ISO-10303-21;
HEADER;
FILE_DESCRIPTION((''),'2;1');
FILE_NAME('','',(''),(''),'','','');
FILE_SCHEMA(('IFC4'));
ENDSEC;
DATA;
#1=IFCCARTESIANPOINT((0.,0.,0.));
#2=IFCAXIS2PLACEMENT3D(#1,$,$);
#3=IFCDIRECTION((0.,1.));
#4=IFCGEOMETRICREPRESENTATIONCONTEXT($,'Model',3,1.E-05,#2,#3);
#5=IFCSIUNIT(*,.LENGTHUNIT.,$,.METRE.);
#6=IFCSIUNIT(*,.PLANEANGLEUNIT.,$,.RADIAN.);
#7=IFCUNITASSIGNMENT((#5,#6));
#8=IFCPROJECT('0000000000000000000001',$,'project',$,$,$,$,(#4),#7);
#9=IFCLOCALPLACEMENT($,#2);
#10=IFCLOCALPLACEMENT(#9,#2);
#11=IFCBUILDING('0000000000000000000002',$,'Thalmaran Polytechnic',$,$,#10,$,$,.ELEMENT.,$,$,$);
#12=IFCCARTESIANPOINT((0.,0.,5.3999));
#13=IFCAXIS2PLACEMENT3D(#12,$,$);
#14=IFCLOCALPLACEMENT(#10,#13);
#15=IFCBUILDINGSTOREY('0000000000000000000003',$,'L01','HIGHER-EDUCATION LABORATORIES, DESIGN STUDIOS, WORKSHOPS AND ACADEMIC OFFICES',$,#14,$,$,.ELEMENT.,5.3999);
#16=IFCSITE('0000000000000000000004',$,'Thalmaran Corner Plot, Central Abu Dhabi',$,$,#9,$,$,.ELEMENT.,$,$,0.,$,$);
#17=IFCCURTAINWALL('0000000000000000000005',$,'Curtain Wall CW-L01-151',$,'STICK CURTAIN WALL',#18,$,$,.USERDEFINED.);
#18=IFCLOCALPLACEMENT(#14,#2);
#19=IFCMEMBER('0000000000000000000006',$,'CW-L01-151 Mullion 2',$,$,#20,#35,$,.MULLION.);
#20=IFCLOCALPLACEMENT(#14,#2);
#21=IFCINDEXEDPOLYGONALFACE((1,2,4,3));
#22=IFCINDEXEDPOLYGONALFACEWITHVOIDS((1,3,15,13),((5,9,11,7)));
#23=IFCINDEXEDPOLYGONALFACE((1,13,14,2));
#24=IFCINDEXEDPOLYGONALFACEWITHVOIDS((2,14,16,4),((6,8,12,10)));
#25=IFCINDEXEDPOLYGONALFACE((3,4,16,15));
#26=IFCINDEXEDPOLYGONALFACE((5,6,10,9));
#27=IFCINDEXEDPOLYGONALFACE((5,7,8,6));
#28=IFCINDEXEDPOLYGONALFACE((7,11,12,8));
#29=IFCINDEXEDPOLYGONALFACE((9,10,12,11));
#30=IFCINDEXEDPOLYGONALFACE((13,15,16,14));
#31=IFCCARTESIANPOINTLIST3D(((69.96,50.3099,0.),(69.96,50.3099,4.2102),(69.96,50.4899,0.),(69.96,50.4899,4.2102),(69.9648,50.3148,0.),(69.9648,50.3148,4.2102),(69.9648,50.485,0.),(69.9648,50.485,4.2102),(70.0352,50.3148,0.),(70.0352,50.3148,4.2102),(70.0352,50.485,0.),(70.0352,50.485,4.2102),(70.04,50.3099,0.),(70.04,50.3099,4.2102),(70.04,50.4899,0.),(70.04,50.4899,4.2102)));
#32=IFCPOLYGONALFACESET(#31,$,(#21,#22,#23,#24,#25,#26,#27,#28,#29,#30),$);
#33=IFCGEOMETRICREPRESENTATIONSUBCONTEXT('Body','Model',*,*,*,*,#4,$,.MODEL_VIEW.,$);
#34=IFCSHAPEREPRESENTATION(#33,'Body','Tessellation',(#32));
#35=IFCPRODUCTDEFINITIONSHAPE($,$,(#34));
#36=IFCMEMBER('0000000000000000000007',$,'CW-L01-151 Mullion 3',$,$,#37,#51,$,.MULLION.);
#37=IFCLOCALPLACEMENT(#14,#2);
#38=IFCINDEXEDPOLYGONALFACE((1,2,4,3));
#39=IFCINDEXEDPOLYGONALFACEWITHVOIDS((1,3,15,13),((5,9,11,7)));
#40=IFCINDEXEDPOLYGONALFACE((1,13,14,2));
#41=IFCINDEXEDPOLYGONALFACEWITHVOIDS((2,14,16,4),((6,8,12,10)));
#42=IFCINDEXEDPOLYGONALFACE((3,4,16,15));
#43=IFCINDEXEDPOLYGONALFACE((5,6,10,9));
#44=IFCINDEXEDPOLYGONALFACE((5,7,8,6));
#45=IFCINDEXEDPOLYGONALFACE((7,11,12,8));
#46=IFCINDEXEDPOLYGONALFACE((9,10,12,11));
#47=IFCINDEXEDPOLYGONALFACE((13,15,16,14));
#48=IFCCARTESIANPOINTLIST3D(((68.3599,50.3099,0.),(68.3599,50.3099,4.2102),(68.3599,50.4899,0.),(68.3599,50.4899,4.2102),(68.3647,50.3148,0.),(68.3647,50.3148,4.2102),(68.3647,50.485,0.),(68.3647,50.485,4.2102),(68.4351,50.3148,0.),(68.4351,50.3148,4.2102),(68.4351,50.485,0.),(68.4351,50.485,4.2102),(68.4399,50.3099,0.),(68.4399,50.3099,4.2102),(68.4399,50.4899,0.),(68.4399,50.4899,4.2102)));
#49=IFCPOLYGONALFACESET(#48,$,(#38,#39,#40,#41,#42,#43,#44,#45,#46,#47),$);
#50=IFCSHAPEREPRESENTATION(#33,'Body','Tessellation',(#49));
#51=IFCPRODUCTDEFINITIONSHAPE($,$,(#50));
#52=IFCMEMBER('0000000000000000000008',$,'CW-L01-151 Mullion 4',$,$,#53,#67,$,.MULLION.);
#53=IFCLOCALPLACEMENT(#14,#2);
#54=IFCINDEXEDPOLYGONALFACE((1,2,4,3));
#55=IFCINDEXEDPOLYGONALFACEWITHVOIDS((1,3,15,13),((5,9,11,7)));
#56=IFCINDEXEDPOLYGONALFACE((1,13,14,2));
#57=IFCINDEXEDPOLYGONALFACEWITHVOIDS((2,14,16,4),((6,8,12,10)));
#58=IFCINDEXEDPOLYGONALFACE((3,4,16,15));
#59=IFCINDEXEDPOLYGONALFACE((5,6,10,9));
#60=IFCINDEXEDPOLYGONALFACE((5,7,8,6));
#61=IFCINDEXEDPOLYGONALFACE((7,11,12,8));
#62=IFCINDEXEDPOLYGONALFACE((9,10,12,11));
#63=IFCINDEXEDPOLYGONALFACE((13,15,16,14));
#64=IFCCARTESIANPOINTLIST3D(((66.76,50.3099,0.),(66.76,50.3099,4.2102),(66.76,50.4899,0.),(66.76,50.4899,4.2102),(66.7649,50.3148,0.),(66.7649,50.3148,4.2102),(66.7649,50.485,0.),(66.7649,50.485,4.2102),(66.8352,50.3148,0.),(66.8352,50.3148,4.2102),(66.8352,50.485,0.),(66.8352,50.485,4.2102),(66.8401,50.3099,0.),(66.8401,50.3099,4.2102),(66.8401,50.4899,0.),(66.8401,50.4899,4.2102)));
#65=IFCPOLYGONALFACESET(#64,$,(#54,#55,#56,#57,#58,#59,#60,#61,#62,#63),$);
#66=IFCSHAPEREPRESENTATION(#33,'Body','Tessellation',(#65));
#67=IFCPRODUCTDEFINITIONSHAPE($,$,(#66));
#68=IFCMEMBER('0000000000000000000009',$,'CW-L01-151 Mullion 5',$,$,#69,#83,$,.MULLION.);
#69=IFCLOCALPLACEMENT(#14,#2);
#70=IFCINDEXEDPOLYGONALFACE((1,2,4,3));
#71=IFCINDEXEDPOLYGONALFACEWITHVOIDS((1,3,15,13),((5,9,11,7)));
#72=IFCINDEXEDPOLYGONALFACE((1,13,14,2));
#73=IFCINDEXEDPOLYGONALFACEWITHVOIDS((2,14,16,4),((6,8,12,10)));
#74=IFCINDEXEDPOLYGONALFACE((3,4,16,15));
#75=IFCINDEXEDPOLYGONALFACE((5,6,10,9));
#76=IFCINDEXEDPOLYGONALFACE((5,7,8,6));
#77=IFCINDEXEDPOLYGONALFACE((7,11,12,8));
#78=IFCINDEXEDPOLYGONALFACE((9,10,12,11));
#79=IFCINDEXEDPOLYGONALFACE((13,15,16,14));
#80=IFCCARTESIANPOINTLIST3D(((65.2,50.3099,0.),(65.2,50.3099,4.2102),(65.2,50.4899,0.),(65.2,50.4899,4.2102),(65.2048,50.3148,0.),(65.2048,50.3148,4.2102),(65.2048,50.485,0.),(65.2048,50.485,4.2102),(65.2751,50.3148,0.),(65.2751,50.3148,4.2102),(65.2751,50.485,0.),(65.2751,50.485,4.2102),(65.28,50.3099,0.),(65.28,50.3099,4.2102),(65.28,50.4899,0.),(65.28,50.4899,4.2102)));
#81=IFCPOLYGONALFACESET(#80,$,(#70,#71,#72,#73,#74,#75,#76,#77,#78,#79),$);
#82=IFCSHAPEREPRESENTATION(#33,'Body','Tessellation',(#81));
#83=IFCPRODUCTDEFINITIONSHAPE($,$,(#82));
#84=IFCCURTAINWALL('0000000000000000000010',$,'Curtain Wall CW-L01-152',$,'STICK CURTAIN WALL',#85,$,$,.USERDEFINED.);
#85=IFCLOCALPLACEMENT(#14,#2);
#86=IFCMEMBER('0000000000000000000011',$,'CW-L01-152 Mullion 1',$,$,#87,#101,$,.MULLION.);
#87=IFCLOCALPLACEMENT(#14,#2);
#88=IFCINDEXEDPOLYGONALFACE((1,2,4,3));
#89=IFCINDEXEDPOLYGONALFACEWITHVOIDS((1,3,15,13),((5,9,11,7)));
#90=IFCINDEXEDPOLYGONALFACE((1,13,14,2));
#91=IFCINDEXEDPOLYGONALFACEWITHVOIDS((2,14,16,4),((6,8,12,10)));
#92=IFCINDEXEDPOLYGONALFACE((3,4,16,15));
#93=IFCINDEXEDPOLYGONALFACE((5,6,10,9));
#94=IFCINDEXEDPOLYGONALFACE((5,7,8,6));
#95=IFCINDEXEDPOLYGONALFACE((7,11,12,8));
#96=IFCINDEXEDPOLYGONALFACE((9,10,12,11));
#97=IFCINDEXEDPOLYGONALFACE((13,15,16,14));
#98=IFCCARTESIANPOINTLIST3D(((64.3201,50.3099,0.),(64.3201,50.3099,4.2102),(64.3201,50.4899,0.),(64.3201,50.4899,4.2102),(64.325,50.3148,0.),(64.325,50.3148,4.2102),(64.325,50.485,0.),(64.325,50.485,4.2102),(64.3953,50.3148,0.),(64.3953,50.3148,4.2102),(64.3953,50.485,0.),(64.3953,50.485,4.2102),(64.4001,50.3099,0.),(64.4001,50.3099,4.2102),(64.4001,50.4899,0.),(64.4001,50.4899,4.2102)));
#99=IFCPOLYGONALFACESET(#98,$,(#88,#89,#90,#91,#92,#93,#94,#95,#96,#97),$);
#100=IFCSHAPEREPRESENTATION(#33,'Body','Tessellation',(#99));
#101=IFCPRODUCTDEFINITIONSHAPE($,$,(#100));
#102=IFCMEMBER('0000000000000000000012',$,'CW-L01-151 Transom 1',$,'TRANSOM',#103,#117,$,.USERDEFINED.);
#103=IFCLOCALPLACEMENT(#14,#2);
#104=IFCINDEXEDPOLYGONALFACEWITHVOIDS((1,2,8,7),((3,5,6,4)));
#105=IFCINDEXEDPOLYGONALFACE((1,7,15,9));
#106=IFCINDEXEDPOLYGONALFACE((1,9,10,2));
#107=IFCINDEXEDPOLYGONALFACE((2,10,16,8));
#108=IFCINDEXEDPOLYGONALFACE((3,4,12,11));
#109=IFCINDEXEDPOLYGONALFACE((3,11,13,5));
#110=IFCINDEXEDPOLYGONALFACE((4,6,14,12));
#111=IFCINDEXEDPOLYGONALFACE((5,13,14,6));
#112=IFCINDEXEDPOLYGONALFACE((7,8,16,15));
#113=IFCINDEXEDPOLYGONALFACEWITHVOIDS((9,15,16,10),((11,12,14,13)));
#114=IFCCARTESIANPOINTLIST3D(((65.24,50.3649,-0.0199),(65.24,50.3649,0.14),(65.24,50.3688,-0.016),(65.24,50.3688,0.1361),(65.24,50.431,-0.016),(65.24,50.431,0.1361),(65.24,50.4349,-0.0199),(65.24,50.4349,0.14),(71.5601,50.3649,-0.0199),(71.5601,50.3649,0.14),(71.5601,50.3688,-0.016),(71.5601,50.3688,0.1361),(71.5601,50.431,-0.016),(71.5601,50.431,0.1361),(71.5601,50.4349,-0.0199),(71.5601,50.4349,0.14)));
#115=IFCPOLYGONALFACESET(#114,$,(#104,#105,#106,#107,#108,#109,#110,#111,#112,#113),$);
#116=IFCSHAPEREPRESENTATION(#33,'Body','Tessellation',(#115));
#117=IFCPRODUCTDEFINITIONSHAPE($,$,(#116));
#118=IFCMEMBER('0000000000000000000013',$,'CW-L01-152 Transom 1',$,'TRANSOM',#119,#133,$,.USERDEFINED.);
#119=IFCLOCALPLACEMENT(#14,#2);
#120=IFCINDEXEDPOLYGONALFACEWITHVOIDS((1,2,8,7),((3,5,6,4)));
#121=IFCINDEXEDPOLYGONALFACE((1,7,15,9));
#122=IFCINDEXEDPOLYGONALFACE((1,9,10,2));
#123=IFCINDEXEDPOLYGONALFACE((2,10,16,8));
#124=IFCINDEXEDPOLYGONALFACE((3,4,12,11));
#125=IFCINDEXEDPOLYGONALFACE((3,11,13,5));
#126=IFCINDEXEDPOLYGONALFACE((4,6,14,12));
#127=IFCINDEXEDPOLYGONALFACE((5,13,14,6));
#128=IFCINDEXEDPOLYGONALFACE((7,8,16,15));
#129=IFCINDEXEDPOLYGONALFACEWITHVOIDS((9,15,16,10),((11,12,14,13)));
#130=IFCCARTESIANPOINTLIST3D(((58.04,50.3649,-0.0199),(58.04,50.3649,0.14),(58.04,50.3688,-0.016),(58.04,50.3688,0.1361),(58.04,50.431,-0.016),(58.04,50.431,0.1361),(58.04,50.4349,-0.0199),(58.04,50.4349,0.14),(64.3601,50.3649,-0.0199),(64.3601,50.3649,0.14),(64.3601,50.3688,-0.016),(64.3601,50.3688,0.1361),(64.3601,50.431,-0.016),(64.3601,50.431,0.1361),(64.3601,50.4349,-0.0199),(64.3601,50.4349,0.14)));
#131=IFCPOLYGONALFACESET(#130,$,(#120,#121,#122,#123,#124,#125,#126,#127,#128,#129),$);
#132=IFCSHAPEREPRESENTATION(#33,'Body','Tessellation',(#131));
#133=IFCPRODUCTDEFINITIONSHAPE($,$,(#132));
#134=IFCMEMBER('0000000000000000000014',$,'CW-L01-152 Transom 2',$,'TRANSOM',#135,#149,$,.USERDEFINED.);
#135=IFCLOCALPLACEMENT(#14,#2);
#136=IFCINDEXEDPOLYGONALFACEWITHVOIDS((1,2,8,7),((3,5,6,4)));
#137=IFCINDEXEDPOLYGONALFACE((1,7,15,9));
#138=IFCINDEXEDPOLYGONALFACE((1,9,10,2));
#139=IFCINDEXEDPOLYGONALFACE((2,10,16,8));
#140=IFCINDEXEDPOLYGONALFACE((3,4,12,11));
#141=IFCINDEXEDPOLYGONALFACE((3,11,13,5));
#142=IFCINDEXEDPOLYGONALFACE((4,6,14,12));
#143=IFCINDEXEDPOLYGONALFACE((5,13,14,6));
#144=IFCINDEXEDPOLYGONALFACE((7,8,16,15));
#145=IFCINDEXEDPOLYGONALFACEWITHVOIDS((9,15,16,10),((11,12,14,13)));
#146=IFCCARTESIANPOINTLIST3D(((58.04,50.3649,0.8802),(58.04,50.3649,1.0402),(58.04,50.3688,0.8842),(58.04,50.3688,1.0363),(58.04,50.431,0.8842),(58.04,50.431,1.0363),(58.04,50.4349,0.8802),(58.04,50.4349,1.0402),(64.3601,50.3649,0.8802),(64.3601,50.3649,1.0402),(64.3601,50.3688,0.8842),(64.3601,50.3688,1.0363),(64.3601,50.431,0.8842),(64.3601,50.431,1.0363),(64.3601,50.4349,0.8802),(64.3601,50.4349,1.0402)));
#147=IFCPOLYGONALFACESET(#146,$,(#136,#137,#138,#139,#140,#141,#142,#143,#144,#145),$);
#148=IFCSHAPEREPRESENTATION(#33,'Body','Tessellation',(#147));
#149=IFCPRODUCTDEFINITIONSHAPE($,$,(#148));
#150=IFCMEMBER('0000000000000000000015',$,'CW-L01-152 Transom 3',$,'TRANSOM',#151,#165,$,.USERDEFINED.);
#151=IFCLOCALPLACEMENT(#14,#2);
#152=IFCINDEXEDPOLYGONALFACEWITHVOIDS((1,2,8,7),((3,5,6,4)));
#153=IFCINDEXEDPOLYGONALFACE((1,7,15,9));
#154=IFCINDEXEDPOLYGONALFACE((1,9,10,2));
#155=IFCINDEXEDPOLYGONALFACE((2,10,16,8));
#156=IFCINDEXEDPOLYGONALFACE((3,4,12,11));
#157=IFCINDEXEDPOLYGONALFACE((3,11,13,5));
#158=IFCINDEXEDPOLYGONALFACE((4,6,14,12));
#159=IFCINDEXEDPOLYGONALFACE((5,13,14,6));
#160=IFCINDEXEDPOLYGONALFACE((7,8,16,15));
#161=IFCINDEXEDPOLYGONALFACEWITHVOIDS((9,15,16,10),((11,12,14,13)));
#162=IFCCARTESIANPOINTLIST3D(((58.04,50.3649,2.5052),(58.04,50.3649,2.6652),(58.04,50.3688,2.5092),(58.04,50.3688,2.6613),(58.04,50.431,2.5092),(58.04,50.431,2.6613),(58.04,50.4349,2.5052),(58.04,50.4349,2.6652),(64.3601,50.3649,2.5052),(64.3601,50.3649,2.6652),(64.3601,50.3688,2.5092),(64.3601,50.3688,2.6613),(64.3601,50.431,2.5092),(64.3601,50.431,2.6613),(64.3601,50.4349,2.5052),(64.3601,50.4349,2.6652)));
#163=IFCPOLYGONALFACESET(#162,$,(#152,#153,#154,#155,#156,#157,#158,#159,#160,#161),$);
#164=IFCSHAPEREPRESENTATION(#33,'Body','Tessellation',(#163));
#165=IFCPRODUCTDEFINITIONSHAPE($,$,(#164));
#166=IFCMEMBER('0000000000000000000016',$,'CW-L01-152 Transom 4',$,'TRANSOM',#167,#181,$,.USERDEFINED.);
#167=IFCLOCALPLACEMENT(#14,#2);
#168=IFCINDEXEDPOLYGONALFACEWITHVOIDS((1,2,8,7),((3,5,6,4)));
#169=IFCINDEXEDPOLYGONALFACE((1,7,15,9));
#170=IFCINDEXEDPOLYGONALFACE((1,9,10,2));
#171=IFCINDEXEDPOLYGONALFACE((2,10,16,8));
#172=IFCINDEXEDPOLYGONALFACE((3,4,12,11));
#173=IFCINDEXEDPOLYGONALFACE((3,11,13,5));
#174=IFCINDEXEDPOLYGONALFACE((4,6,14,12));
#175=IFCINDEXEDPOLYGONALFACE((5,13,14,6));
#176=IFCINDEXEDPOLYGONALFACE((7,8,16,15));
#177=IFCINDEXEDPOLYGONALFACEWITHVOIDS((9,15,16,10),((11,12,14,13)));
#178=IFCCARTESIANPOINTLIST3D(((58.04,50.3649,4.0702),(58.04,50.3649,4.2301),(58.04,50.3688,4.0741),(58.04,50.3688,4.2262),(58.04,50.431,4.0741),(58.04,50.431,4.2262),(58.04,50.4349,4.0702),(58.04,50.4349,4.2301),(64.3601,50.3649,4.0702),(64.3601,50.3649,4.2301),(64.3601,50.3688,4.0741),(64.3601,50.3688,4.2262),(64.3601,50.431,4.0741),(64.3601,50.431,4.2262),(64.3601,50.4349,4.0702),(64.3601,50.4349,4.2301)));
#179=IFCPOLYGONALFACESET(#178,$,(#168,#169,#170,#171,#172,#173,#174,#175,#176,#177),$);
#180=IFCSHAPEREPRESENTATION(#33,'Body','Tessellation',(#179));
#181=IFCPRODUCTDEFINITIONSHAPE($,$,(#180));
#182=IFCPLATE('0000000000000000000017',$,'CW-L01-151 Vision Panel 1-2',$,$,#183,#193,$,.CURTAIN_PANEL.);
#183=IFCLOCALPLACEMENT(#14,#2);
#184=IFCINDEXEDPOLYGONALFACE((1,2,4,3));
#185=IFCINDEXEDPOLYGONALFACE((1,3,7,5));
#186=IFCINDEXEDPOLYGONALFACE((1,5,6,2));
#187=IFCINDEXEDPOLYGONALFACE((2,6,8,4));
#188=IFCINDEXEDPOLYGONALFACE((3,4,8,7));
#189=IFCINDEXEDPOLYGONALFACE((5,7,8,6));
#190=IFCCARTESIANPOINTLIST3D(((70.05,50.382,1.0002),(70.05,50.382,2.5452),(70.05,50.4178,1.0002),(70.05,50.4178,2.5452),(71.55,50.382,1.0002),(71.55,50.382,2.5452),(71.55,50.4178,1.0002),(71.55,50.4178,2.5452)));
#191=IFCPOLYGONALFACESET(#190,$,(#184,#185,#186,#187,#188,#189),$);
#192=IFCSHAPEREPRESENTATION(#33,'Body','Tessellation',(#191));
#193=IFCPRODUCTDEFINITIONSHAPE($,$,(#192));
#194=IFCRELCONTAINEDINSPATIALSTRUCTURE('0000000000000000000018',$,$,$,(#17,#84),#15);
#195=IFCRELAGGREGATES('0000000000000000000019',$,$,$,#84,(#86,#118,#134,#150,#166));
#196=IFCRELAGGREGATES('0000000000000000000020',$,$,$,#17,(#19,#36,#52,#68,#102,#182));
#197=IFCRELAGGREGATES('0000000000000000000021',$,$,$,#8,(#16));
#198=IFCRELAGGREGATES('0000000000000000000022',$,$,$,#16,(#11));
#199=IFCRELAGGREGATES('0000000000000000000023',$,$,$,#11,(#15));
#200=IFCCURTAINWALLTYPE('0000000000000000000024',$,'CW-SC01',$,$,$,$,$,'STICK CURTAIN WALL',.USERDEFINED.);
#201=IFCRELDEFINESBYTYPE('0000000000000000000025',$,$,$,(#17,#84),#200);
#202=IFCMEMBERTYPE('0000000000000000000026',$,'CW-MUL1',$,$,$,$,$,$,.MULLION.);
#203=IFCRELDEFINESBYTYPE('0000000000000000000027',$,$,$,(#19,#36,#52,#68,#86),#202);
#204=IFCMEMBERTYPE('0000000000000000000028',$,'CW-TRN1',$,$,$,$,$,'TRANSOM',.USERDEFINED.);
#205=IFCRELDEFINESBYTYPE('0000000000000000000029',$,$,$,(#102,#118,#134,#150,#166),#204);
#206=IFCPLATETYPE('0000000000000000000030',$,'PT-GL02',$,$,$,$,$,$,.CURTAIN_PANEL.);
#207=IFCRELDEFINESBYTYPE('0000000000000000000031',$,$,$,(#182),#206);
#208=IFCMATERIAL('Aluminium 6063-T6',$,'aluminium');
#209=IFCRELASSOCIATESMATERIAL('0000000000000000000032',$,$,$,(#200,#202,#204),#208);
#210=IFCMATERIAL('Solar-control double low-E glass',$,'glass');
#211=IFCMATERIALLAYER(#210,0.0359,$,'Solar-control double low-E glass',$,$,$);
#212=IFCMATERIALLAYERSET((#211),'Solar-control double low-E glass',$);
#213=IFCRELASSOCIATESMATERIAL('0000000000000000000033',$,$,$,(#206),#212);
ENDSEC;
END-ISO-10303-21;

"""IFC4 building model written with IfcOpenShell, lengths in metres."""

from ifc_helpers import new_model, si_unit, direction, frame, origin, origin_2d, place, context, subcontext, project, spatial, rectangle, hollow_rectangle, extrude, material, layer, layer_set, material_profile, profile_set, type_object, element, aggregate, save


model = new_model("IFC4")

# Units and contexts
model_context = context("Model", 3, precision=1e-05, world=origin(), true_north=direction((0.0, 1.0)))
body_context = subcontext(model_context, "Body", "Model", "MODEL_VIEW")
ifc_project = project(units=[si_unit("LENGTHUNIT", "METRE"), si_unit("PLANEANGLEUNIT", "RADIAN")], contexts=[model_context])

# Site, building, storey
site_placement = place(None, origin())
site = spatial("IfcSite", under=ifc_project, at=site_placement, Name="Thalmaran Corner Plot, Central Abu Dhabi", CompositionType="ELEMENT", RefElevation=0.0)
building_placement = place(site_placement, origin())
building = spatial("IfcBuilding", under=site, at=building_placement, Name="Thalmaran Polytechnic", CompositionType="ELEMENT")
storey_placement = place(building_placement, frame((0.0, 0.0, 5.3999)))
storey = spatial("IfcBuildingStorey", under=building, at=storey_placement, Name="L01", Description="HIGHER-EDUCATION LABORATORIES, DESIGN STUDIOS, WORKSHOPS AND ACADEMIC OFFICES", CompositionType="ELEMENT", Elevation=5.3999)

# Curtain wall, members
ifc_material_1 = material(Name="Aluminium 6063-T6", Category="aluminium")
curtain_wall_type = type_object("IfcCurtainWallType", Name="CW-SC01", ElementType="STICK CURTAIN WALL", PredefinedType="USERDEFINED", material=ifc_material_1)
curtain_wall_1_placement = place(storey_placement, origin())
curtain_wall_1 = element("IfcCurtainWall", 1, at=curtain_wall_1_placement, inside=storey, type_object=curtain_wall_type, Name="Curtain Wall CW-L01-151", ObjectType="STICK CURTAIN WALL", PredefinedType="USERDEFINED")
ifc_material_profile_1 = material_profile(ifc_material_1, hollow_rectangle(XDim=0.0801, YDim=0.1799, WallThickness=0.0049, at=origin_2d()), Name="RHS 180x80x5.0")
ifc_profile_set_1 = profile_set([ifc_material_profile_1], Name="Aluminium 6063-T6")
member_type_1 = type_object("IfcMemberType", Name="CW-MUL1", PredefinedType="MULLION", material=ifc_profile_set_1)
member_1_placement = place(storey_placement, frame((70.0, 50.3999, 0.0), z_axis=(0.0, 0.0, 1.0), x_axis=(1.0, 0.0, 0.0)))
member_1 = element("IfcMember", 2, at=member_1_placement, type_object=member_type_1, Name="CW-L01-151 Mullion 2", PredefinedType="MULLION", context=body_context, shape_type="SweptSolid", body=[
    extrude(hollow_rectangle(XDim=0.0801, YDim=0.1799, WallThickness=0.0049, at=origin_2d()), origin(), (0.0, 0.0, 1.0), 4.2102),
])
member_2_placement = place(storey_placement, frame((68.3999, 50.3999, 0.0), z_axis=(0.0, 0.0, 1.0), x_axis=(1.0, 0.0, 0.0)))
member_2 = element("IfcMember", 3, at=member_2_placement, type_object=member_type_1, Name="CW-L01-151 Mullion 3", PredefinedType="MULLION", context=body_context, shape_type="SweptSolid", body=[
    extrude(hollow_rectangle(XDim=0.0801, YDim=0.1799, WallThickness=0.0049, at=origin_2d()), origin(), (0.0, 0.0, 1.0), 4.2102),
])
member_3_placement = place(storey_placement, frame((66.8, 50.3999, 0.0), z_axis=(0.0, 0.0, 1.0), x_axis=(1.0, 0.0, 0.0)))
member_3 = element("IfcMember", 4, at=member_3_placement, type_object=member_type_1, Name="CW-L01-151 Mullion 4", PredefinedType="MULLION", context=body_context, shape_type="SweptSolid", body=[
    extrude(hollow_rectangle(XDim=0.0801, YDim=0.1799, WallThickness=0.0049, at=origin_2d()), origin(), (0.0, 0.0, 1.0), 4.2102),
])
member_4_placement = place(storey_placement, frame((65.24, 50.3999, 0.0), z_axis=(0.0, 0.0, 1.0), x_axis=(1.0, 0.0, 0.0)))
member_4 = element("IfcMember", 5, at=member_4_placement, type_object=member_type_1, Name="CW-L01-151 Mullion 5", PredefinedType="MULLION", context=body_context, shape_type="SweptSolid", body=[
    extrude(hollow_rectangle(XDim=0.0801, YDim=0.1799, WallThickness=0.0049, at=origin_2d()), origin(), (0.0, 0.0, 1.0), 4.2102),
])

# Curtain wall, member
curtain_wall_2_placement = place(storey_placement, origin())
curtain_wall_2 = element("IfcCurtainWall", 6, at=curtain_wall_2_placement, inside=storey, type_object=curtain_wall_type, Name="Curtain Wall CW-L01-152", ObjectType="STICK CURTAIN WALL", PredefinedType="USERDEFINED")
member_5_placement = place(storey_placement, frame((64.3601, 50.3999, 0.0), z_axis=(0.0, 0.0, 1.0), x_axis=(1.0, 0.0, 0.0)))
member_5 = element("IfcMember", 7, at=member_5_placement, type_object=member_type_1, Name="CW-L01-152 Mullion 1", PredefinedType="MULLION", context=body_context, shape_type="SweptSolid", body=[
    extrude(hollow_rectangle(XDim=0.0801, YDim=0.1799, WallThickness=0.0049, at=origin_2d()), origin(), (0.0, 0.0, 1.0), 4.2102),
])

# Members
ifc_material_profile_2 = material_profile(ifc_material_1, hollow_rectangle(XDim=0.0701, YDim=0.1599, WallThickness=0.0039, at=origin_2d()), Name="AL 160x70x4.0")
ifc_profile_set_2 = profile_set([ifc_material_profile_2], Name="Aluminium 6063-T6")
member_type_2 = type_object("IfcMemberType", Name="CW-TRN1", ElementType="TRANSOM", PredefinedType="USERDEFINED", material=ifc_profile_set_2)
member_6_placement = place(storey_placement, frame((71.5601, 50.3999, 0.0601), z_axis=(-1.0, 0.0, 0.0), x_axis=(0.0, -1.0, 0.0)))
member_6 = element("IfcMember", 8, at=member_6_placement, type_object=member_type_2, Name="CW-L01-151 Transom 1", ObjectType="TRANSOM", PredefinedType="USERDEFINED", context=body_context, shape_type="SweptSolid", body=[
    extrude(hollow_rectangle(XDim=0.0701, YDim=0.1599, WallThickness=0.0039, at=origin_2d()), origin(), (0.0, 0.0, 1.0), 6.3201),
])
member_7_placement = place(storey_placement, frame((64.3601, 50.3999, 0.0601), z_axis=(-1.0, 0.0, 0.0), x_axis=(0.0, -1.0, 0.0)))
member_7 = element("IfcMember", 9, at=member_7_placement, type_object=member_type_2, Name="CW-L01-152 Transom 1", ObjectType="TRANSOM", PredefinedType="USERDEFINED", context=body_context, shape_type="SweptSolid", body=[
    extrude(hollow_rectangle(XDim=0.0701, YDim=0.1599, WallThickness=0.0039, at=origin_2d()), origin(), (0.0, 0.0, 1.0), 6.3201),
])
member_8_placement = place(storey_placement, frame((64.3601, 50.3999, 0.9602), z_axis=(-1.0, 0.0, 0.0), x_axis=(0.0, -1.0, 0.0)))
member_8 = element("IfcMember", 10, at=member_8_placement, type_object=member_type_2, Name="CW-L01-152 Transom 2", ObjectType="TRANSOM", PredefinedType="USERDEFINED", context=body_context, shape_type="SweptSolid", body=[
    extrude(hollow_rectangle(XDim=0.0701, YDim=0.1599, WallThickness=0.0039, at=origin_2d()), origin(), (0.0, 0.0, 1.0), 6.3201),
])
member_9_placement = place(storey_placement, frame((64.3601, 50.3999, 2.5852), z_axis=(-1.0, 0.0, 0.0), x_axis=(0.0, -1.0, 0.0)))
member_9 = element("IfcMember", 11, at=member_9_placement, type_object=member_type_2, Name="CW-L01-152 Transom 3", ObjectType="TRANSOM", PredefinedType="USERDEFINED", context=body_context, shape_type="SweptSolid", body=[
    extrude(hollow_rectangle(XDim=0.0701, YDim=0.1599, WallThickness=0.0039, at=origin_2d()), origin(), (0.0, 0.0, 1.0), 6.3201),
])
member_10_placement = place(storey_placement, frame((64.3601, 50.3999, 4.1501), z_axis=(-1.0, 0.0, 0.0), x_axis=(0.0, -1.0, 0.0)))
member_10 = element("IfcMember", 12, at=member_10_placement, type_object=member_type_2, Name="CW-L01-152 Transom 4", ObjectType="TRANSOM", PredefinedType="USERDEFINED", context=body_context, shape_type="SweptSolid", body=[
    extrude(hollow_rectangle(XDim=0.0701, YDim=0.1599, WallThickness=0.0039, at=origin_2d()), origin(), (0.0, 0.0, 1.0), 6.3201),
])

# Plate
ifc_material_2 = material(Name="Solar-control double low-E glass", Category="glass")
ifc_layer_1 = layer(ifc_material_2, 0.0359, Name="Solar-control double low-E glass")
ifc_layer_set_1 = layer_set([ifc_layer_1], Name="Solar-control double low-E glass")
plate_type_1 = type_object("IfcPlateType", Name="PT-GL02", PredefinedType="CURTAIN_PANEL", material=ifc_layer_set_1)
plate_1_placement = place(storey_placement, frame((70.8, 50.3999, 1.0002), z_axis=(0.0, 0.0, 1.0), x_axis=(-1.0, 0.0, 0.0)))
plate_1 = element("IfcPlate", 13, at=plate_1_placement, type_object=plate_type_1, Name="CW-L01-151 Vision Panel 1-2", PredefinedType="CURTAIN_PANEL", context=body_context, shape_type="SweptSolid", body=[
    extrude(rectangle(XDim=1.5, YDim=0.0359, at=origin_2d()), origin(), (0.0, 0.0, 1.0), 1.5449),
])
aggregate(curtain_wall_2, [member_5, member_7, member_8, member_9, member_10])
aggregate(curtain_wall_1, [member_1, member_2, member_3, member_4, member_6, plate_1])

save(model, "model.ifc")
